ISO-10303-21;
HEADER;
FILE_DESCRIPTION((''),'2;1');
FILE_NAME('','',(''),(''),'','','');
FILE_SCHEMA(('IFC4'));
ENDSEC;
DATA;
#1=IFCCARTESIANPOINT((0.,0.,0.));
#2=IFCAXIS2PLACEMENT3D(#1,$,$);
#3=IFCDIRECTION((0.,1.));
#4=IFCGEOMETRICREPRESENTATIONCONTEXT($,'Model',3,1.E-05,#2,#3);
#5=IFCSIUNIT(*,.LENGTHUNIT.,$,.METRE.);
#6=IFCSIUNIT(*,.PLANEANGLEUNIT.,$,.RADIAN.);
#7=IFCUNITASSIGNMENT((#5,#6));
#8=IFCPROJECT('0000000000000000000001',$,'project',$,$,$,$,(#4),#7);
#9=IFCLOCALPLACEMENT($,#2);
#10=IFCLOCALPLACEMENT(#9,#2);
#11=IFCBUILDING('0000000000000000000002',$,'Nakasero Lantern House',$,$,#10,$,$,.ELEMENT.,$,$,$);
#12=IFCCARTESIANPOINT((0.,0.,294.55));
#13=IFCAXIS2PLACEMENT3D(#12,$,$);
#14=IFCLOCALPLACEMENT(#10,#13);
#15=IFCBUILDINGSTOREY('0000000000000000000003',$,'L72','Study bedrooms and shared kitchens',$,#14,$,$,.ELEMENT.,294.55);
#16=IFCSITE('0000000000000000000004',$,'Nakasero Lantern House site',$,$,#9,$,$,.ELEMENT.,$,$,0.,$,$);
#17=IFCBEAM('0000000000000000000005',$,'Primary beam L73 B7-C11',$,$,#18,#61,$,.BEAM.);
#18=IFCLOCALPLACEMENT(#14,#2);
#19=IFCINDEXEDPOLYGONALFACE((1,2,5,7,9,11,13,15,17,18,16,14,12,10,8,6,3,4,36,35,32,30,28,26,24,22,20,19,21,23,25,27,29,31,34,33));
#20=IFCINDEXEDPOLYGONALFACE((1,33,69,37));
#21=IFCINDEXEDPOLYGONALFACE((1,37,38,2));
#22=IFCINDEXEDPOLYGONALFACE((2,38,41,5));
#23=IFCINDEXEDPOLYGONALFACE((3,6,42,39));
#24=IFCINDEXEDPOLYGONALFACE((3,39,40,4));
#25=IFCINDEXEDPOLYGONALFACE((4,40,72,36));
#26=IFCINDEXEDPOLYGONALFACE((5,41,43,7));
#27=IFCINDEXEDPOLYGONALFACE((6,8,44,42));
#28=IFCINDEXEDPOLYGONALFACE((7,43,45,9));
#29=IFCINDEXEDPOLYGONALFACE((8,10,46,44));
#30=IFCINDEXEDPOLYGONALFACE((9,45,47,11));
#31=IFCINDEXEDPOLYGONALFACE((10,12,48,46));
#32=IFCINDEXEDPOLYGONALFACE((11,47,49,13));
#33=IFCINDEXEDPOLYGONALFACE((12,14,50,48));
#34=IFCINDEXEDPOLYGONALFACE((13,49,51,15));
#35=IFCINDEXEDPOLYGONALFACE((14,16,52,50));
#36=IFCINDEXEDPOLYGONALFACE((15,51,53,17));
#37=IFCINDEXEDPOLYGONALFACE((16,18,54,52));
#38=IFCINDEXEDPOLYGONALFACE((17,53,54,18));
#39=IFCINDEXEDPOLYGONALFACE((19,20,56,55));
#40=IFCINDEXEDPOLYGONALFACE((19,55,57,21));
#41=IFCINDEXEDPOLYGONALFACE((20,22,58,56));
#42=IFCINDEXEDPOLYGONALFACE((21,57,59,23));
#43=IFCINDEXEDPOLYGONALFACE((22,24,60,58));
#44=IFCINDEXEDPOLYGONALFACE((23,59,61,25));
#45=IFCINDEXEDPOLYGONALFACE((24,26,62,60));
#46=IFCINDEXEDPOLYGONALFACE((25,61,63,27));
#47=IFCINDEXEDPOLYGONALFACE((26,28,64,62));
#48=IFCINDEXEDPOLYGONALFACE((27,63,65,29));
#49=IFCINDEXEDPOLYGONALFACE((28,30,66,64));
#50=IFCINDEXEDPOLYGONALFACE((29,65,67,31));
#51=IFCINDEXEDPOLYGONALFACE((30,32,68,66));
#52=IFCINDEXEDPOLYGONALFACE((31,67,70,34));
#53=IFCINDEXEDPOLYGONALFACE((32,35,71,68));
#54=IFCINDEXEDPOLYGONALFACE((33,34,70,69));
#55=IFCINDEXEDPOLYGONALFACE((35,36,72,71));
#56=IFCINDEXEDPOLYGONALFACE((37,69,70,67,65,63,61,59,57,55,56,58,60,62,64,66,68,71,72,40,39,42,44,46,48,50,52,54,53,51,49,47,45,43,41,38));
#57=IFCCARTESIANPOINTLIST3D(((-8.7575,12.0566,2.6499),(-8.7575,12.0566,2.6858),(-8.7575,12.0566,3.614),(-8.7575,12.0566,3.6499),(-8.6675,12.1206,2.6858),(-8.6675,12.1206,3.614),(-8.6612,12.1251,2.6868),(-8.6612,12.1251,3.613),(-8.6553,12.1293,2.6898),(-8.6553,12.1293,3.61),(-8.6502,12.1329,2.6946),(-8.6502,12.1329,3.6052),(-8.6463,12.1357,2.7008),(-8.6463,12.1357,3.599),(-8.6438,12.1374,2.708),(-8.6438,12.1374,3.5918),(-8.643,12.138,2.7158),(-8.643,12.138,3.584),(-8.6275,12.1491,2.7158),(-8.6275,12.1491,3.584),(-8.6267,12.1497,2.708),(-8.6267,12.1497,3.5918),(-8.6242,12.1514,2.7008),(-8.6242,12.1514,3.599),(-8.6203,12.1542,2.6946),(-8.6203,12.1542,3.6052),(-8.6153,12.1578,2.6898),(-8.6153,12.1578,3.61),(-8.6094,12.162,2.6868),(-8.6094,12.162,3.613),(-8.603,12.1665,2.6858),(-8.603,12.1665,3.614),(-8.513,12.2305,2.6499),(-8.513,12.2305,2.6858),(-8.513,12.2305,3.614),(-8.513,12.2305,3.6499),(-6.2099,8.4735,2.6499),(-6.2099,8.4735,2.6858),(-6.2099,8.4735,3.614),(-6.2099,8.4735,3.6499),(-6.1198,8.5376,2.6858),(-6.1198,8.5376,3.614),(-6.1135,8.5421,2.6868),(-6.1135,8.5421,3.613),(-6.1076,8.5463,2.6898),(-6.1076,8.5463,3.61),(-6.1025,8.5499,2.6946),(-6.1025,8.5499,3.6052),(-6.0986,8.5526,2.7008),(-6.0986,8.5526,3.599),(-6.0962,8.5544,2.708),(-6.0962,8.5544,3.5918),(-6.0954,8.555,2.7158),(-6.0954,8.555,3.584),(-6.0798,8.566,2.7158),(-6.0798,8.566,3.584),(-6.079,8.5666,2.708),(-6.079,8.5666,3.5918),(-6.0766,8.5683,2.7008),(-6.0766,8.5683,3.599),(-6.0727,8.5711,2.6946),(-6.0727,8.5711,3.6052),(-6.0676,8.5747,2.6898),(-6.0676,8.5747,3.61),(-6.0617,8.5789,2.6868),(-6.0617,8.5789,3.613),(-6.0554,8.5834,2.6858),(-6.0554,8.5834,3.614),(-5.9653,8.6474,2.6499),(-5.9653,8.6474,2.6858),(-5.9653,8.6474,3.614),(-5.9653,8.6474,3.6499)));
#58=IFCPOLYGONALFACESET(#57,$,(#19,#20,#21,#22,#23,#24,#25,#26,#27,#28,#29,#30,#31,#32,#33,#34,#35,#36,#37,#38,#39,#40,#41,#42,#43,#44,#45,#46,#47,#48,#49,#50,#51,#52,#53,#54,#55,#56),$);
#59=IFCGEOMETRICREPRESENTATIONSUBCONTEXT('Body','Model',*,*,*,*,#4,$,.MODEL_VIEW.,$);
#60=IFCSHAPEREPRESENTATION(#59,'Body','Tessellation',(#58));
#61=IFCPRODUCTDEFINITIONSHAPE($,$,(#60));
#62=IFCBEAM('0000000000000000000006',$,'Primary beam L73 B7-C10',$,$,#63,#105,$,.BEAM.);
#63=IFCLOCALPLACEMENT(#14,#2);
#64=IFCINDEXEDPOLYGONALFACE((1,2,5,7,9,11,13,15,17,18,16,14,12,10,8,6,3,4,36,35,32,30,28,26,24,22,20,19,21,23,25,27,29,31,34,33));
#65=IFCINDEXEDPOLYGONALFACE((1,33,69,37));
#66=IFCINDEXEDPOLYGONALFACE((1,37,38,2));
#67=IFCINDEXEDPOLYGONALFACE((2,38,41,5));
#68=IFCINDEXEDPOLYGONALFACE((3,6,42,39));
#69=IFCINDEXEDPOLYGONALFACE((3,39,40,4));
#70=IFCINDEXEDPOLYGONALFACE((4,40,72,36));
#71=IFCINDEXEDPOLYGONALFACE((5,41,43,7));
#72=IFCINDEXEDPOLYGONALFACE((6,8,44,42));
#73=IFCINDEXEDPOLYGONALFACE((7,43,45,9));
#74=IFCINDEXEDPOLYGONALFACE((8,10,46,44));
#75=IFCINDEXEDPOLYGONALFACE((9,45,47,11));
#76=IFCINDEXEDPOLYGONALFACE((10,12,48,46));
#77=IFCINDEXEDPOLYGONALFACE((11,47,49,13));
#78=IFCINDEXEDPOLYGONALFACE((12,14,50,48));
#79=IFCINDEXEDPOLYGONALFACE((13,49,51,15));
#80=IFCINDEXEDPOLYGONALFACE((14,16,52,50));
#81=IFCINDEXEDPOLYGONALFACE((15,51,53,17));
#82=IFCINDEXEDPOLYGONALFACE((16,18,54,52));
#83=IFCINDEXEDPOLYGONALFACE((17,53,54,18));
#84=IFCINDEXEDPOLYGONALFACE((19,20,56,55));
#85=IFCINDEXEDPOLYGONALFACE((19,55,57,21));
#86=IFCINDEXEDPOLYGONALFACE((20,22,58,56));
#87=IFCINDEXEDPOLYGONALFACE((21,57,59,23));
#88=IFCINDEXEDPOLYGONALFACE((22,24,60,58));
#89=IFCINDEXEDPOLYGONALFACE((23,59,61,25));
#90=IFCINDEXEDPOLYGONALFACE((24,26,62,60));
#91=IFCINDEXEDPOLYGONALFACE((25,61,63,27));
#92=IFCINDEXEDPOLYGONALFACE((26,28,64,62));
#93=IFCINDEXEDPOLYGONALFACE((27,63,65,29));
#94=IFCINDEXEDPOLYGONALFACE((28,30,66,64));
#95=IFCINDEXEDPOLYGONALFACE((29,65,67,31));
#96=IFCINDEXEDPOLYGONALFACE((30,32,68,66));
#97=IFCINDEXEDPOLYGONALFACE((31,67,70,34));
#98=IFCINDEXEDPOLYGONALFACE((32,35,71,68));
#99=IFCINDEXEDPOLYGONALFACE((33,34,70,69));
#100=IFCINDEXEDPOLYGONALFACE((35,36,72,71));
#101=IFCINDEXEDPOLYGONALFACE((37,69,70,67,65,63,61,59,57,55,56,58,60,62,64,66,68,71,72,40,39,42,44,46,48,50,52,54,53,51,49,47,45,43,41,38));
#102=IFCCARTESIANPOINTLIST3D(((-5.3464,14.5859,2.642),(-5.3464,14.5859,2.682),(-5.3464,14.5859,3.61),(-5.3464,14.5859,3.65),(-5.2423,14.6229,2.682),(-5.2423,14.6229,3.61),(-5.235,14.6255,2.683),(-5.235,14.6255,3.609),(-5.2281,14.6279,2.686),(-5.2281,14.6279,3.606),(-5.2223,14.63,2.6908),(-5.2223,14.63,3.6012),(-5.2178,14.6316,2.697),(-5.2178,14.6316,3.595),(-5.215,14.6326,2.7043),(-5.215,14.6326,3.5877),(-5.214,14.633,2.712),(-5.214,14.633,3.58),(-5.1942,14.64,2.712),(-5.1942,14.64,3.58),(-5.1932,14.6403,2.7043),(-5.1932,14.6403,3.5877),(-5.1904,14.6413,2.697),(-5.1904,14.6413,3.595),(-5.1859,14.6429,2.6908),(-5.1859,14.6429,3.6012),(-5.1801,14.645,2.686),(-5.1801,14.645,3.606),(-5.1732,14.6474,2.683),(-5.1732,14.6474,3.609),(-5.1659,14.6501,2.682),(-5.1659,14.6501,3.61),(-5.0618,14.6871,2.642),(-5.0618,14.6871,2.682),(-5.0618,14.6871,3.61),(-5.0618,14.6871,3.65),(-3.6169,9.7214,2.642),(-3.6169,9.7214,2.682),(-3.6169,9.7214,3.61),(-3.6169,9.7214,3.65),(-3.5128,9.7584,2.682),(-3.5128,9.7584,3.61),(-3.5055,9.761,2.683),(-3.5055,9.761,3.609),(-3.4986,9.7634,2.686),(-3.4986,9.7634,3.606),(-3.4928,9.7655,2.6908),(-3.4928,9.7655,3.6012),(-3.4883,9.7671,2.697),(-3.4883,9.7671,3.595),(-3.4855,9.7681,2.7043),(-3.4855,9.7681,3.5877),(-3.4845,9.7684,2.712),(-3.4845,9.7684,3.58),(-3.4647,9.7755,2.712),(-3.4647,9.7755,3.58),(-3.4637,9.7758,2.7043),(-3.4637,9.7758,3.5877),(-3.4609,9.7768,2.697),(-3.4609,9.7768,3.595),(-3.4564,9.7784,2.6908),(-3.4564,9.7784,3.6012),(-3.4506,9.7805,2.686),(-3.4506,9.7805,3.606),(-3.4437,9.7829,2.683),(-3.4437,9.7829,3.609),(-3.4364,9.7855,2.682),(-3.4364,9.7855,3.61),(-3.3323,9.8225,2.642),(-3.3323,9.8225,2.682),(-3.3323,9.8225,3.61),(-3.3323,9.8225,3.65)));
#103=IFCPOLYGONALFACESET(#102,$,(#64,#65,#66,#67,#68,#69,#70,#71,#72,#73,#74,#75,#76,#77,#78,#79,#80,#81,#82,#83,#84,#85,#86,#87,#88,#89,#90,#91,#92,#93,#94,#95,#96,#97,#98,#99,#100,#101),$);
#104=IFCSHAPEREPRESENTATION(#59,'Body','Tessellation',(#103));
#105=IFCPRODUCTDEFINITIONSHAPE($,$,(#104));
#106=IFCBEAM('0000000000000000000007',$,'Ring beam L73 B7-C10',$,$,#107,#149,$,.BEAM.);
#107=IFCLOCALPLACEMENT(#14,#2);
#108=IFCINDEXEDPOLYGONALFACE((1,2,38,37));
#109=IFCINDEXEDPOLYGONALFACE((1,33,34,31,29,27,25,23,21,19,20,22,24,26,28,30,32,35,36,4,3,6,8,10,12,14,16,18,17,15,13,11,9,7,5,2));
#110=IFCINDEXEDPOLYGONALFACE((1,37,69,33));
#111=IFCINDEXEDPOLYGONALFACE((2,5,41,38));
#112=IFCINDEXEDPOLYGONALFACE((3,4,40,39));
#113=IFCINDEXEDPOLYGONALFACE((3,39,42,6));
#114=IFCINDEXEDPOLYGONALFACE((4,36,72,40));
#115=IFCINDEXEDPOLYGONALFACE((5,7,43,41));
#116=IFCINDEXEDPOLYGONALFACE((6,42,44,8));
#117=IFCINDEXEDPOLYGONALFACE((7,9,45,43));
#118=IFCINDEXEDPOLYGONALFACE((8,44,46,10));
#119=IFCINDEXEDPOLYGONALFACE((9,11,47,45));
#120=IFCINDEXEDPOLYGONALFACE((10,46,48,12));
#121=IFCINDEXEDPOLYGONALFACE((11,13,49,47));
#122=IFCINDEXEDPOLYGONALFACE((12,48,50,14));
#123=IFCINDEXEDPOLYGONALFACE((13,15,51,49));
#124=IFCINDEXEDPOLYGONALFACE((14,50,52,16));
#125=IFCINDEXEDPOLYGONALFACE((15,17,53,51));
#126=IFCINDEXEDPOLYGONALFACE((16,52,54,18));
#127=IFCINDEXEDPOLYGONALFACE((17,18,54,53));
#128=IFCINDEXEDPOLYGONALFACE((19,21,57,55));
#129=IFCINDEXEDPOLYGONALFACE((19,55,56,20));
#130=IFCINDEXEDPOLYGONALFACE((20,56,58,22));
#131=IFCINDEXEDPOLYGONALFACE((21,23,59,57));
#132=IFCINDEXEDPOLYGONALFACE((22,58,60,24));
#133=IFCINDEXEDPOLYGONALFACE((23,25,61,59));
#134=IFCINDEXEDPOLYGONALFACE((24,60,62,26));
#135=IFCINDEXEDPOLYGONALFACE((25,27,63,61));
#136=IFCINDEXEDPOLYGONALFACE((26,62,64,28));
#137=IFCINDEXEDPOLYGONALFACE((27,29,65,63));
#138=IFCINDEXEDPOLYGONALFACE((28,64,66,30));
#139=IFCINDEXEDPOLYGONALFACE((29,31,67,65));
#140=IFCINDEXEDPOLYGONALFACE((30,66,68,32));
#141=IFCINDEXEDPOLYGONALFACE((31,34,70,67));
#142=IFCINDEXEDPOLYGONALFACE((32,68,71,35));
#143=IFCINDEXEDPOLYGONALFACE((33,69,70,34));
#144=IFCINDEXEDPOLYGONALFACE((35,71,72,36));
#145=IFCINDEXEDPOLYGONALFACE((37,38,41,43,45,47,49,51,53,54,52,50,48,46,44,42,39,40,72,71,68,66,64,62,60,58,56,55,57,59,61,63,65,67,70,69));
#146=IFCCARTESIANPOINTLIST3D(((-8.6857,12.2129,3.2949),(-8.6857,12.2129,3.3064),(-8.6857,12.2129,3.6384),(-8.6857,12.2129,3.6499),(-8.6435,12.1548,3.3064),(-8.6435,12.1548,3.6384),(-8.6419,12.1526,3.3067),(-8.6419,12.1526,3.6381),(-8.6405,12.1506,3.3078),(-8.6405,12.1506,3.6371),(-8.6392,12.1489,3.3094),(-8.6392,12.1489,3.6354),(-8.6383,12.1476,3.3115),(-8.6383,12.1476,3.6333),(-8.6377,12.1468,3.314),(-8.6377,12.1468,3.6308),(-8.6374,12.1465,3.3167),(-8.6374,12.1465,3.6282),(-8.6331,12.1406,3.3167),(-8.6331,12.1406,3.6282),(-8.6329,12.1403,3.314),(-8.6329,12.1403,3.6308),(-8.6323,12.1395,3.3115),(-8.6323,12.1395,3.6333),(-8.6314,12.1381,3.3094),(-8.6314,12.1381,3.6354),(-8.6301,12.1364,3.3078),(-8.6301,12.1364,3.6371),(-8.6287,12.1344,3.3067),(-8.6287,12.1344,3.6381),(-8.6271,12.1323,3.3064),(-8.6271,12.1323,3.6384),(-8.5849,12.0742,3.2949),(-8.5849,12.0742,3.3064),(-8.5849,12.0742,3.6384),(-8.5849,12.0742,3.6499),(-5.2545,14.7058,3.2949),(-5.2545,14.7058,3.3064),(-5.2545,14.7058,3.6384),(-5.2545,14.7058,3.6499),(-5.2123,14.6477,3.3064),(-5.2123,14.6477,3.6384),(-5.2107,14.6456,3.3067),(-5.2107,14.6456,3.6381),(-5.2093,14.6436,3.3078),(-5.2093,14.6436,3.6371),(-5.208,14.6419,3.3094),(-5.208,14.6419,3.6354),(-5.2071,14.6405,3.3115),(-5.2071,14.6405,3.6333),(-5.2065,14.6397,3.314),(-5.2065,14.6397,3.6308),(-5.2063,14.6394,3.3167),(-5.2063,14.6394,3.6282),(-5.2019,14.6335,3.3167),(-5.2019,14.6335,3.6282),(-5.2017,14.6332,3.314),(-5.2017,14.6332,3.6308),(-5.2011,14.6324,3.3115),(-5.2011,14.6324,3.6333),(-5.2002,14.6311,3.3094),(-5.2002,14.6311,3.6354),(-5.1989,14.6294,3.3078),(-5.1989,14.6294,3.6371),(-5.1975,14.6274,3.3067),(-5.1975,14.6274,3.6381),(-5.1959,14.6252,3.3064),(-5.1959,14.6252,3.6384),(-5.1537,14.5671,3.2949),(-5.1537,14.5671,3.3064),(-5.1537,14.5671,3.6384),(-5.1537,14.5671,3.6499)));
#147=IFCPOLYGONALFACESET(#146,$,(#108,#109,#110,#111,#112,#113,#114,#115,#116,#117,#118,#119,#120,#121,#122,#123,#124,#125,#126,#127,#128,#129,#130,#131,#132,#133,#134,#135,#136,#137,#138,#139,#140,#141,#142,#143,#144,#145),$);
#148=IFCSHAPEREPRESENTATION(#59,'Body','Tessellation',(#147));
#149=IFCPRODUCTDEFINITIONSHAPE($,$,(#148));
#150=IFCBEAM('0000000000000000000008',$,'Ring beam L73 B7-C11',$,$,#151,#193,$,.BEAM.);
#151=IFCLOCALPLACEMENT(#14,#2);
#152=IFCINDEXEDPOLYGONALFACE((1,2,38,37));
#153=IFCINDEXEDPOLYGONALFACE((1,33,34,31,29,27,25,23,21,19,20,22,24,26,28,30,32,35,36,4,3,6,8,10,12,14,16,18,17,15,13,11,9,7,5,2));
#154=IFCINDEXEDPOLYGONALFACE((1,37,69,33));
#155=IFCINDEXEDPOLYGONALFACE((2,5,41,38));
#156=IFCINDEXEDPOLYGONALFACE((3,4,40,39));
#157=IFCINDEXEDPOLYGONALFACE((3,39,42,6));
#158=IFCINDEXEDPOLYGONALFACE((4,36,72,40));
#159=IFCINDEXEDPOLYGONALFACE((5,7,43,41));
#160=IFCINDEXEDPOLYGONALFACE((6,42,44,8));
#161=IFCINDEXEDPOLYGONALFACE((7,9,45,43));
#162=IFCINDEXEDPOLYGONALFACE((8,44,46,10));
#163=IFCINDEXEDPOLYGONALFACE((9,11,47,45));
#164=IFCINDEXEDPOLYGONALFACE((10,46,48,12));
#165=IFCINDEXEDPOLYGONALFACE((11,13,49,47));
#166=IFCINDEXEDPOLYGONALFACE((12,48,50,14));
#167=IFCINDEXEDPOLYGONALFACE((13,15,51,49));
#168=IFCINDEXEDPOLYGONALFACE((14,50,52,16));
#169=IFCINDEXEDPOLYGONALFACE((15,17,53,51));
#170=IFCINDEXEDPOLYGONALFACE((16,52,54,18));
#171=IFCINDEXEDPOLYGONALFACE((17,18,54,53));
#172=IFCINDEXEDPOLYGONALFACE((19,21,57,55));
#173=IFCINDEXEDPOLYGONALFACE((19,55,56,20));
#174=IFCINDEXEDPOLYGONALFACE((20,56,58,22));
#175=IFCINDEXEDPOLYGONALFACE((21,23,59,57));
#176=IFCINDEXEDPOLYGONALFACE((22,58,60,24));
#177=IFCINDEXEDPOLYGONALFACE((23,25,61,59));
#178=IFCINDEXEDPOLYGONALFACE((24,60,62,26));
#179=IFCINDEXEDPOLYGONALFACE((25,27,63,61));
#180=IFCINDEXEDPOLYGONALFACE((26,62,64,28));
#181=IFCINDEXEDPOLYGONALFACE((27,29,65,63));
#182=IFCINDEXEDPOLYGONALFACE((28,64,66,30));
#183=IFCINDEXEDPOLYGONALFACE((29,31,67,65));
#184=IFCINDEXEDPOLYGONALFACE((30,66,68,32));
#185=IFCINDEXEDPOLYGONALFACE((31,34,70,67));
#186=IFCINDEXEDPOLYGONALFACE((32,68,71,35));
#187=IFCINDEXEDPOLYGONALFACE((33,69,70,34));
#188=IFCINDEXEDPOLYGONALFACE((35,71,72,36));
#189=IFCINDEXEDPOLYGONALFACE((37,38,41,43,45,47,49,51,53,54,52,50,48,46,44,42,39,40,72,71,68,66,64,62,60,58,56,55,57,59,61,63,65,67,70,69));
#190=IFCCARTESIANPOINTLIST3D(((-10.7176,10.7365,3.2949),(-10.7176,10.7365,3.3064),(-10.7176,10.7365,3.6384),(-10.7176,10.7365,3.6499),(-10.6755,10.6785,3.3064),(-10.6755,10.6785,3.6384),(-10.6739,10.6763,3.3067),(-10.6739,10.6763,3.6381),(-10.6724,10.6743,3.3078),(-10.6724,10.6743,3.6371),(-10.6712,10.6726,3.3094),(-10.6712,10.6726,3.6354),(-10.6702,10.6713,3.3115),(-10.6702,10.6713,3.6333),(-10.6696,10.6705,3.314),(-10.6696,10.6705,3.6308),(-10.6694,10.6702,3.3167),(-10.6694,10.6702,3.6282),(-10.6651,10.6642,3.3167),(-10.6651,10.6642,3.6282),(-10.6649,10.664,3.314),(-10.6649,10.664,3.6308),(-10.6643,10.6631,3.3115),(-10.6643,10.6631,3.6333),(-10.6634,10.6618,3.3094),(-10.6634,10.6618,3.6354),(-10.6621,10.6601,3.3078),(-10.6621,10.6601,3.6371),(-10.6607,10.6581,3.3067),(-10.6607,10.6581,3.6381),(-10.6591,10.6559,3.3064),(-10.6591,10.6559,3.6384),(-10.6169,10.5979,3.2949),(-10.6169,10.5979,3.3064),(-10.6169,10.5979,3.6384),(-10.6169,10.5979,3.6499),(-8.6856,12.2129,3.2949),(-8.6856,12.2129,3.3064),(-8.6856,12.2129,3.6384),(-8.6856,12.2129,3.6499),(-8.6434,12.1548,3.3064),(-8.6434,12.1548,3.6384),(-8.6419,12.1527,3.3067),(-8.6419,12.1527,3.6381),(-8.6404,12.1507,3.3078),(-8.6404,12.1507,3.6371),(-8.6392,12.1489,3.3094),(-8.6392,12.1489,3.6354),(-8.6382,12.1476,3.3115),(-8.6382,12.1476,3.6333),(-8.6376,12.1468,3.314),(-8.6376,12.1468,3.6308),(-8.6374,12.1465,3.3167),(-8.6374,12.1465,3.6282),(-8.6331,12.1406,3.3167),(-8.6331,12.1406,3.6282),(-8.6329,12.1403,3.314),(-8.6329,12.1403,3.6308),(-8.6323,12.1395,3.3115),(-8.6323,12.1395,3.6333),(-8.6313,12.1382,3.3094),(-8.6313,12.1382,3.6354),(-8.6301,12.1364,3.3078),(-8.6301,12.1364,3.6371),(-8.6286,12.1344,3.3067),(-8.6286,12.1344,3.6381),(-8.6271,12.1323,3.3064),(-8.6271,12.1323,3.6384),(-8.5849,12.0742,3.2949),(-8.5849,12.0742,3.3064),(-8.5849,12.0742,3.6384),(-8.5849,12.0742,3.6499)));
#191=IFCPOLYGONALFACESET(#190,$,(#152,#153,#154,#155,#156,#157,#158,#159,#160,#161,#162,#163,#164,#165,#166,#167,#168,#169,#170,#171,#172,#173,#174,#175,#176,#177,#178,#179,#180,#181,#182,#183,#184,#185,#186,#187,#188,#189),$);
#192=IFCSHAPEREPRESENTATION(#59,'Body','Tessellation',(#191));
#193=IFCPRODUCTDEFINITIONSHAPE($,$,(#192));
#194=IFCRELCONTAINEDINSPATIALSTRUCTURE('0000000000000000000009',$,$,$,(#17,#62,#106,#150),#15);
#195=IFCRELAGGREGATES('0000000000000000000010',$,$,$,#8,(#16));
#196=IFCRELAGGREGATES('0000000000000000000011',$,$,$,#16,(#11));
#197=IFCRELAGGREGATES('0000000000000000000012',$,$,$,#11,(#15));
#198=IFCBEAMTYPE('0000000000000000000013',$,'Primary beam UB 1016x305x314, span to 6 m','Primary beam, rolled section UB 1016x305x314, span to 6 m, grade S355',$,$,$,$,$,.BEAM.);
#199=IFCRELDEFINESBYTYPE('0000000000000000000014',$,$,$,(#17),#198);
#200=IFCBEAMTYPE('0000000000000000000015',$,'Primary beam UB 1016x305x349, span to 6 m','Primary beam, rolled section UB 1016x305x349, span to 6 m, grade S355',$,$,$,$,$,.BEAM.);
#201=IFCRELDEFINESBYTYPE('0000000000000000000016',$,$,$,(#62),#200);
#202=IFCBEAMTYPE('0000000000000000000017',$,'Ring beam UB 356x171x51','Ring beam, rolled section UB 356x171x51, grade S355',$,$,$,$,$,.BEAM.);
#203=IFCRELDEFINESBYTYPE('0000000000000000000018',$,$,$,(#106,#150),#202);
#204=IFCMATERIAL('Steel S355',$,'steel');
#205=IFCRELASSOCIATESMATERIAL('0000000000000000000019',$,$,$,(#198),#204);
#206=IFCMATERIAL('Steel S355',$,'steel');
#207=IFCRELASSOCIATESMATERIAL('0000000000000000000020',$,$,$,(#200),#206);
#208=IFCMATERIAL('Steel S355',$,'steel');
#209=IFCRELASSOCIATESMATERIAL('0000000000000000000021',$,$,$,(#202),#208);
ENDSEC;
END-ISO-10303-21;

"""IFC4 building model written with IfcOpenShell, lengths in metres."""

from ifc_helpers import new_model, si_unit, direction, frame, origin, origin_2d, place, context, subcontext, project, spatial, i_section, extrude, material, material_profile, profile_set, type_object, element, save


model = new_model("IFC4")

# Units and contexts
model_context = context("Model", 3, precision=1e-05, world=origin(), true_north=direction((0.0, 1.0)))
body_context = subcontext(model_context, "Body", "Model", "MODEL_VIEW")
ifc_project = project(units=[si_unit("LENGTHUNIT", "METRE"), si_unit("PLANEANGLEUNIT", "RADIAN")], contexts=[model_context])

# Site, building, storey
site_placement = place(None, origin())
site = spatial("IfcSite", under=ifc_project, at=site_placement, Name="Nakasero Lantern House site", CompositionType="ELEMENT", RefElevation=0.0)
building_placement = place(site_placement, origin())
building = spatial("IfcBuilding", under=site, at=building_placement, Name="Nakasero Lantern House", CompositionType="ELEMENT")
storey_placement = place(building_placement, frame((0.0, 0.0, 294.55)))
storey = spatial("IfcBuildingStorey", under=building, at=storey_placement, Name="L72", Description="Study bedrooms and shared kitchens", CompositionType="ELEMENT", Elevation=294.55)

# Beams
ifc_material_1 = material(Name="Steel S355", Category="steel")
ifc_material_profile_1 = material_profile(ifc_material_1, i_section(OverallWidth=0.3, OverallDepth=1.0, WebThickness=0.019, FlangeThickness=0.0359, FilletRadius=0.03, at=origin_2d()), Name="UB 1016x305x314")
ifc_profile_set_1 = profile_set([ifc_material_profile_1], Name="Steel S355")
beam_type_1 = type_object("IfcBeamType", Name="Primary beam UB 1016x305x314, span to 6 m", Description="Primary beam, rolled section UB 1016x305x314, span to 6 m, grade S355", PredefinedType="BEAM", material=ifc_profile_set_1)
beam_1_placement = place(storey_placement, frame((-8.6353, 12.1436, 3.1499), z_axis=(0.579477, -0.814989, 0.0), x_axis=(0.814989, 0.579477, 0.0)))
element("IfcBeam", 1, at=beam_1_placement, inside=storey, type_object=beam_type_1, Name="Primary beam L73 B7-C11", PredefinedType="BEAM", context=body_context, shape_type="SweptSolid", body=[
    extrude(i_section(OverallWidth=0.3, OverallDepth=1.0, WebThickness=0.019, FlangeThickness=0.0359, FilletRadius=0.03, at=origin_2d()), origin(), (0.0, 0.0, 1.0), 4.3965),
])
ifc_material_2 = material(Name="Steel S355", Category="steel")
ifc_material_profile_2 = material_profile(ifc_material_2, i_section(OverallWidth=0.302, OverallDepth=1.0081, WebThickness=0.021, FlangeThickness=0.04, FilletRadius=0.03, at=origin_2d()), Name="UB 1016x305x349")
ifc_profile_set_2 = profile_set([ifc_material_profile_2], Name="Steel S355")
beam_type_2 = type_object("IfcBeamType", Name="Primary beam UB 1016x305x349, span to 6 m", Description="Primary beam, rolled section UB 1016x305x349, span to 6 m, grade S355", PredefinedType="BEAM", material=ifc_profile_set_2)
beam_2_placement = place(storey_placement, frame((-5.2041, 14.6365, 3.146), z_axis=(0.334991, -0.942221, 0.0), x_axis=(0.942221, 0.334991, 0.0)))
element("IfcBeam", 2, at=beam_2_placement, inside=storey, type_object=beam_type_2, Name="Primary beam L73 B7-C10", PredefinedType="BEAM", context=body_context, shape_type="SweptSolid", body=[
    extrude(i_section(OverallWidth=0.302, OverallDepth=1.0081, WebThickness=0.021, FlangeThickness=0.04, FilletRadius=0.03, at=origin_2d()), origin(), (0.0, 0.0, 1.0), 5.1628),
])
ifc_material_3 = material(Name="Steel S355", Category="steel")
ifc_material_profile_3 = material_profile(ifc_material_3, i_section(OverallWidth=0.1714, OverallDepth=0.355, WebThickness=0.0073, FlangeThickness=0.0115, FilletRadius=0.0103, at=origin_2d()), Name="UB 356x171x51")
ifc_profile_set_3 = profile_set([ifc_material_profile_3], Name="Steel S355")
beam_type_3 = type_object("IfcBeamType", Name="Ring beam UB 356x171x51", Description="Ring beam, rolled section UB 356x171x51, grade S355", PredefinedType="BEAM", material=ifc_profile_set_3)
beam_3_placement = place(storey_placement, frame((-5.2041, 14.6365, 3.4724), z_axis=(-0.809012, -0.587792, 0.0), x_axis=(0.587792, -0.809012, 0.0)))
element("IfcBeam", 3, at=beam_3_placement, inside=storey, type_object=beam_type_3, Name="Ring beam L73 B7-C10", PredefinedType="BEAM", context=body_context, shape_type="SweptSolid", body=[
    extrude(i_section(OverallWidth=0.1714, OverallDepth=0.355, WebThickness=0.0073, FlangeThickness=0.0115, FilletRadius=0.0103, at=origin_2d()), origin(), (0.0, 0.0, 1.0), 4.2412),
])
beam_4_placement = place(storey_placement, frame((-8.6353, 12.1436, 3.4724), z_axis=(-0.809018, -0.587784, 0.0), x_axis=(0.587784, -0.809018, 0.0)))
element("IfcBeam", 4, at=beam_4_placement, inside=storey, type_object=beam_type_3, Name="Ring beam L73 B7-C11", PredefinedType="BEAM", context=body_context, shape_type="SweptSolid", body=[
    extrude(i_section(OverallWidth=0.1714, OverallDepth=0.355, WebThickness=0.0073, FlangeThickness=0.0115, FilletRadius=0.0103, at=origin_2d()), origin(), (0.0, 0.0, 1.0), 2.5117),
])

save(model, "model.ifc")
